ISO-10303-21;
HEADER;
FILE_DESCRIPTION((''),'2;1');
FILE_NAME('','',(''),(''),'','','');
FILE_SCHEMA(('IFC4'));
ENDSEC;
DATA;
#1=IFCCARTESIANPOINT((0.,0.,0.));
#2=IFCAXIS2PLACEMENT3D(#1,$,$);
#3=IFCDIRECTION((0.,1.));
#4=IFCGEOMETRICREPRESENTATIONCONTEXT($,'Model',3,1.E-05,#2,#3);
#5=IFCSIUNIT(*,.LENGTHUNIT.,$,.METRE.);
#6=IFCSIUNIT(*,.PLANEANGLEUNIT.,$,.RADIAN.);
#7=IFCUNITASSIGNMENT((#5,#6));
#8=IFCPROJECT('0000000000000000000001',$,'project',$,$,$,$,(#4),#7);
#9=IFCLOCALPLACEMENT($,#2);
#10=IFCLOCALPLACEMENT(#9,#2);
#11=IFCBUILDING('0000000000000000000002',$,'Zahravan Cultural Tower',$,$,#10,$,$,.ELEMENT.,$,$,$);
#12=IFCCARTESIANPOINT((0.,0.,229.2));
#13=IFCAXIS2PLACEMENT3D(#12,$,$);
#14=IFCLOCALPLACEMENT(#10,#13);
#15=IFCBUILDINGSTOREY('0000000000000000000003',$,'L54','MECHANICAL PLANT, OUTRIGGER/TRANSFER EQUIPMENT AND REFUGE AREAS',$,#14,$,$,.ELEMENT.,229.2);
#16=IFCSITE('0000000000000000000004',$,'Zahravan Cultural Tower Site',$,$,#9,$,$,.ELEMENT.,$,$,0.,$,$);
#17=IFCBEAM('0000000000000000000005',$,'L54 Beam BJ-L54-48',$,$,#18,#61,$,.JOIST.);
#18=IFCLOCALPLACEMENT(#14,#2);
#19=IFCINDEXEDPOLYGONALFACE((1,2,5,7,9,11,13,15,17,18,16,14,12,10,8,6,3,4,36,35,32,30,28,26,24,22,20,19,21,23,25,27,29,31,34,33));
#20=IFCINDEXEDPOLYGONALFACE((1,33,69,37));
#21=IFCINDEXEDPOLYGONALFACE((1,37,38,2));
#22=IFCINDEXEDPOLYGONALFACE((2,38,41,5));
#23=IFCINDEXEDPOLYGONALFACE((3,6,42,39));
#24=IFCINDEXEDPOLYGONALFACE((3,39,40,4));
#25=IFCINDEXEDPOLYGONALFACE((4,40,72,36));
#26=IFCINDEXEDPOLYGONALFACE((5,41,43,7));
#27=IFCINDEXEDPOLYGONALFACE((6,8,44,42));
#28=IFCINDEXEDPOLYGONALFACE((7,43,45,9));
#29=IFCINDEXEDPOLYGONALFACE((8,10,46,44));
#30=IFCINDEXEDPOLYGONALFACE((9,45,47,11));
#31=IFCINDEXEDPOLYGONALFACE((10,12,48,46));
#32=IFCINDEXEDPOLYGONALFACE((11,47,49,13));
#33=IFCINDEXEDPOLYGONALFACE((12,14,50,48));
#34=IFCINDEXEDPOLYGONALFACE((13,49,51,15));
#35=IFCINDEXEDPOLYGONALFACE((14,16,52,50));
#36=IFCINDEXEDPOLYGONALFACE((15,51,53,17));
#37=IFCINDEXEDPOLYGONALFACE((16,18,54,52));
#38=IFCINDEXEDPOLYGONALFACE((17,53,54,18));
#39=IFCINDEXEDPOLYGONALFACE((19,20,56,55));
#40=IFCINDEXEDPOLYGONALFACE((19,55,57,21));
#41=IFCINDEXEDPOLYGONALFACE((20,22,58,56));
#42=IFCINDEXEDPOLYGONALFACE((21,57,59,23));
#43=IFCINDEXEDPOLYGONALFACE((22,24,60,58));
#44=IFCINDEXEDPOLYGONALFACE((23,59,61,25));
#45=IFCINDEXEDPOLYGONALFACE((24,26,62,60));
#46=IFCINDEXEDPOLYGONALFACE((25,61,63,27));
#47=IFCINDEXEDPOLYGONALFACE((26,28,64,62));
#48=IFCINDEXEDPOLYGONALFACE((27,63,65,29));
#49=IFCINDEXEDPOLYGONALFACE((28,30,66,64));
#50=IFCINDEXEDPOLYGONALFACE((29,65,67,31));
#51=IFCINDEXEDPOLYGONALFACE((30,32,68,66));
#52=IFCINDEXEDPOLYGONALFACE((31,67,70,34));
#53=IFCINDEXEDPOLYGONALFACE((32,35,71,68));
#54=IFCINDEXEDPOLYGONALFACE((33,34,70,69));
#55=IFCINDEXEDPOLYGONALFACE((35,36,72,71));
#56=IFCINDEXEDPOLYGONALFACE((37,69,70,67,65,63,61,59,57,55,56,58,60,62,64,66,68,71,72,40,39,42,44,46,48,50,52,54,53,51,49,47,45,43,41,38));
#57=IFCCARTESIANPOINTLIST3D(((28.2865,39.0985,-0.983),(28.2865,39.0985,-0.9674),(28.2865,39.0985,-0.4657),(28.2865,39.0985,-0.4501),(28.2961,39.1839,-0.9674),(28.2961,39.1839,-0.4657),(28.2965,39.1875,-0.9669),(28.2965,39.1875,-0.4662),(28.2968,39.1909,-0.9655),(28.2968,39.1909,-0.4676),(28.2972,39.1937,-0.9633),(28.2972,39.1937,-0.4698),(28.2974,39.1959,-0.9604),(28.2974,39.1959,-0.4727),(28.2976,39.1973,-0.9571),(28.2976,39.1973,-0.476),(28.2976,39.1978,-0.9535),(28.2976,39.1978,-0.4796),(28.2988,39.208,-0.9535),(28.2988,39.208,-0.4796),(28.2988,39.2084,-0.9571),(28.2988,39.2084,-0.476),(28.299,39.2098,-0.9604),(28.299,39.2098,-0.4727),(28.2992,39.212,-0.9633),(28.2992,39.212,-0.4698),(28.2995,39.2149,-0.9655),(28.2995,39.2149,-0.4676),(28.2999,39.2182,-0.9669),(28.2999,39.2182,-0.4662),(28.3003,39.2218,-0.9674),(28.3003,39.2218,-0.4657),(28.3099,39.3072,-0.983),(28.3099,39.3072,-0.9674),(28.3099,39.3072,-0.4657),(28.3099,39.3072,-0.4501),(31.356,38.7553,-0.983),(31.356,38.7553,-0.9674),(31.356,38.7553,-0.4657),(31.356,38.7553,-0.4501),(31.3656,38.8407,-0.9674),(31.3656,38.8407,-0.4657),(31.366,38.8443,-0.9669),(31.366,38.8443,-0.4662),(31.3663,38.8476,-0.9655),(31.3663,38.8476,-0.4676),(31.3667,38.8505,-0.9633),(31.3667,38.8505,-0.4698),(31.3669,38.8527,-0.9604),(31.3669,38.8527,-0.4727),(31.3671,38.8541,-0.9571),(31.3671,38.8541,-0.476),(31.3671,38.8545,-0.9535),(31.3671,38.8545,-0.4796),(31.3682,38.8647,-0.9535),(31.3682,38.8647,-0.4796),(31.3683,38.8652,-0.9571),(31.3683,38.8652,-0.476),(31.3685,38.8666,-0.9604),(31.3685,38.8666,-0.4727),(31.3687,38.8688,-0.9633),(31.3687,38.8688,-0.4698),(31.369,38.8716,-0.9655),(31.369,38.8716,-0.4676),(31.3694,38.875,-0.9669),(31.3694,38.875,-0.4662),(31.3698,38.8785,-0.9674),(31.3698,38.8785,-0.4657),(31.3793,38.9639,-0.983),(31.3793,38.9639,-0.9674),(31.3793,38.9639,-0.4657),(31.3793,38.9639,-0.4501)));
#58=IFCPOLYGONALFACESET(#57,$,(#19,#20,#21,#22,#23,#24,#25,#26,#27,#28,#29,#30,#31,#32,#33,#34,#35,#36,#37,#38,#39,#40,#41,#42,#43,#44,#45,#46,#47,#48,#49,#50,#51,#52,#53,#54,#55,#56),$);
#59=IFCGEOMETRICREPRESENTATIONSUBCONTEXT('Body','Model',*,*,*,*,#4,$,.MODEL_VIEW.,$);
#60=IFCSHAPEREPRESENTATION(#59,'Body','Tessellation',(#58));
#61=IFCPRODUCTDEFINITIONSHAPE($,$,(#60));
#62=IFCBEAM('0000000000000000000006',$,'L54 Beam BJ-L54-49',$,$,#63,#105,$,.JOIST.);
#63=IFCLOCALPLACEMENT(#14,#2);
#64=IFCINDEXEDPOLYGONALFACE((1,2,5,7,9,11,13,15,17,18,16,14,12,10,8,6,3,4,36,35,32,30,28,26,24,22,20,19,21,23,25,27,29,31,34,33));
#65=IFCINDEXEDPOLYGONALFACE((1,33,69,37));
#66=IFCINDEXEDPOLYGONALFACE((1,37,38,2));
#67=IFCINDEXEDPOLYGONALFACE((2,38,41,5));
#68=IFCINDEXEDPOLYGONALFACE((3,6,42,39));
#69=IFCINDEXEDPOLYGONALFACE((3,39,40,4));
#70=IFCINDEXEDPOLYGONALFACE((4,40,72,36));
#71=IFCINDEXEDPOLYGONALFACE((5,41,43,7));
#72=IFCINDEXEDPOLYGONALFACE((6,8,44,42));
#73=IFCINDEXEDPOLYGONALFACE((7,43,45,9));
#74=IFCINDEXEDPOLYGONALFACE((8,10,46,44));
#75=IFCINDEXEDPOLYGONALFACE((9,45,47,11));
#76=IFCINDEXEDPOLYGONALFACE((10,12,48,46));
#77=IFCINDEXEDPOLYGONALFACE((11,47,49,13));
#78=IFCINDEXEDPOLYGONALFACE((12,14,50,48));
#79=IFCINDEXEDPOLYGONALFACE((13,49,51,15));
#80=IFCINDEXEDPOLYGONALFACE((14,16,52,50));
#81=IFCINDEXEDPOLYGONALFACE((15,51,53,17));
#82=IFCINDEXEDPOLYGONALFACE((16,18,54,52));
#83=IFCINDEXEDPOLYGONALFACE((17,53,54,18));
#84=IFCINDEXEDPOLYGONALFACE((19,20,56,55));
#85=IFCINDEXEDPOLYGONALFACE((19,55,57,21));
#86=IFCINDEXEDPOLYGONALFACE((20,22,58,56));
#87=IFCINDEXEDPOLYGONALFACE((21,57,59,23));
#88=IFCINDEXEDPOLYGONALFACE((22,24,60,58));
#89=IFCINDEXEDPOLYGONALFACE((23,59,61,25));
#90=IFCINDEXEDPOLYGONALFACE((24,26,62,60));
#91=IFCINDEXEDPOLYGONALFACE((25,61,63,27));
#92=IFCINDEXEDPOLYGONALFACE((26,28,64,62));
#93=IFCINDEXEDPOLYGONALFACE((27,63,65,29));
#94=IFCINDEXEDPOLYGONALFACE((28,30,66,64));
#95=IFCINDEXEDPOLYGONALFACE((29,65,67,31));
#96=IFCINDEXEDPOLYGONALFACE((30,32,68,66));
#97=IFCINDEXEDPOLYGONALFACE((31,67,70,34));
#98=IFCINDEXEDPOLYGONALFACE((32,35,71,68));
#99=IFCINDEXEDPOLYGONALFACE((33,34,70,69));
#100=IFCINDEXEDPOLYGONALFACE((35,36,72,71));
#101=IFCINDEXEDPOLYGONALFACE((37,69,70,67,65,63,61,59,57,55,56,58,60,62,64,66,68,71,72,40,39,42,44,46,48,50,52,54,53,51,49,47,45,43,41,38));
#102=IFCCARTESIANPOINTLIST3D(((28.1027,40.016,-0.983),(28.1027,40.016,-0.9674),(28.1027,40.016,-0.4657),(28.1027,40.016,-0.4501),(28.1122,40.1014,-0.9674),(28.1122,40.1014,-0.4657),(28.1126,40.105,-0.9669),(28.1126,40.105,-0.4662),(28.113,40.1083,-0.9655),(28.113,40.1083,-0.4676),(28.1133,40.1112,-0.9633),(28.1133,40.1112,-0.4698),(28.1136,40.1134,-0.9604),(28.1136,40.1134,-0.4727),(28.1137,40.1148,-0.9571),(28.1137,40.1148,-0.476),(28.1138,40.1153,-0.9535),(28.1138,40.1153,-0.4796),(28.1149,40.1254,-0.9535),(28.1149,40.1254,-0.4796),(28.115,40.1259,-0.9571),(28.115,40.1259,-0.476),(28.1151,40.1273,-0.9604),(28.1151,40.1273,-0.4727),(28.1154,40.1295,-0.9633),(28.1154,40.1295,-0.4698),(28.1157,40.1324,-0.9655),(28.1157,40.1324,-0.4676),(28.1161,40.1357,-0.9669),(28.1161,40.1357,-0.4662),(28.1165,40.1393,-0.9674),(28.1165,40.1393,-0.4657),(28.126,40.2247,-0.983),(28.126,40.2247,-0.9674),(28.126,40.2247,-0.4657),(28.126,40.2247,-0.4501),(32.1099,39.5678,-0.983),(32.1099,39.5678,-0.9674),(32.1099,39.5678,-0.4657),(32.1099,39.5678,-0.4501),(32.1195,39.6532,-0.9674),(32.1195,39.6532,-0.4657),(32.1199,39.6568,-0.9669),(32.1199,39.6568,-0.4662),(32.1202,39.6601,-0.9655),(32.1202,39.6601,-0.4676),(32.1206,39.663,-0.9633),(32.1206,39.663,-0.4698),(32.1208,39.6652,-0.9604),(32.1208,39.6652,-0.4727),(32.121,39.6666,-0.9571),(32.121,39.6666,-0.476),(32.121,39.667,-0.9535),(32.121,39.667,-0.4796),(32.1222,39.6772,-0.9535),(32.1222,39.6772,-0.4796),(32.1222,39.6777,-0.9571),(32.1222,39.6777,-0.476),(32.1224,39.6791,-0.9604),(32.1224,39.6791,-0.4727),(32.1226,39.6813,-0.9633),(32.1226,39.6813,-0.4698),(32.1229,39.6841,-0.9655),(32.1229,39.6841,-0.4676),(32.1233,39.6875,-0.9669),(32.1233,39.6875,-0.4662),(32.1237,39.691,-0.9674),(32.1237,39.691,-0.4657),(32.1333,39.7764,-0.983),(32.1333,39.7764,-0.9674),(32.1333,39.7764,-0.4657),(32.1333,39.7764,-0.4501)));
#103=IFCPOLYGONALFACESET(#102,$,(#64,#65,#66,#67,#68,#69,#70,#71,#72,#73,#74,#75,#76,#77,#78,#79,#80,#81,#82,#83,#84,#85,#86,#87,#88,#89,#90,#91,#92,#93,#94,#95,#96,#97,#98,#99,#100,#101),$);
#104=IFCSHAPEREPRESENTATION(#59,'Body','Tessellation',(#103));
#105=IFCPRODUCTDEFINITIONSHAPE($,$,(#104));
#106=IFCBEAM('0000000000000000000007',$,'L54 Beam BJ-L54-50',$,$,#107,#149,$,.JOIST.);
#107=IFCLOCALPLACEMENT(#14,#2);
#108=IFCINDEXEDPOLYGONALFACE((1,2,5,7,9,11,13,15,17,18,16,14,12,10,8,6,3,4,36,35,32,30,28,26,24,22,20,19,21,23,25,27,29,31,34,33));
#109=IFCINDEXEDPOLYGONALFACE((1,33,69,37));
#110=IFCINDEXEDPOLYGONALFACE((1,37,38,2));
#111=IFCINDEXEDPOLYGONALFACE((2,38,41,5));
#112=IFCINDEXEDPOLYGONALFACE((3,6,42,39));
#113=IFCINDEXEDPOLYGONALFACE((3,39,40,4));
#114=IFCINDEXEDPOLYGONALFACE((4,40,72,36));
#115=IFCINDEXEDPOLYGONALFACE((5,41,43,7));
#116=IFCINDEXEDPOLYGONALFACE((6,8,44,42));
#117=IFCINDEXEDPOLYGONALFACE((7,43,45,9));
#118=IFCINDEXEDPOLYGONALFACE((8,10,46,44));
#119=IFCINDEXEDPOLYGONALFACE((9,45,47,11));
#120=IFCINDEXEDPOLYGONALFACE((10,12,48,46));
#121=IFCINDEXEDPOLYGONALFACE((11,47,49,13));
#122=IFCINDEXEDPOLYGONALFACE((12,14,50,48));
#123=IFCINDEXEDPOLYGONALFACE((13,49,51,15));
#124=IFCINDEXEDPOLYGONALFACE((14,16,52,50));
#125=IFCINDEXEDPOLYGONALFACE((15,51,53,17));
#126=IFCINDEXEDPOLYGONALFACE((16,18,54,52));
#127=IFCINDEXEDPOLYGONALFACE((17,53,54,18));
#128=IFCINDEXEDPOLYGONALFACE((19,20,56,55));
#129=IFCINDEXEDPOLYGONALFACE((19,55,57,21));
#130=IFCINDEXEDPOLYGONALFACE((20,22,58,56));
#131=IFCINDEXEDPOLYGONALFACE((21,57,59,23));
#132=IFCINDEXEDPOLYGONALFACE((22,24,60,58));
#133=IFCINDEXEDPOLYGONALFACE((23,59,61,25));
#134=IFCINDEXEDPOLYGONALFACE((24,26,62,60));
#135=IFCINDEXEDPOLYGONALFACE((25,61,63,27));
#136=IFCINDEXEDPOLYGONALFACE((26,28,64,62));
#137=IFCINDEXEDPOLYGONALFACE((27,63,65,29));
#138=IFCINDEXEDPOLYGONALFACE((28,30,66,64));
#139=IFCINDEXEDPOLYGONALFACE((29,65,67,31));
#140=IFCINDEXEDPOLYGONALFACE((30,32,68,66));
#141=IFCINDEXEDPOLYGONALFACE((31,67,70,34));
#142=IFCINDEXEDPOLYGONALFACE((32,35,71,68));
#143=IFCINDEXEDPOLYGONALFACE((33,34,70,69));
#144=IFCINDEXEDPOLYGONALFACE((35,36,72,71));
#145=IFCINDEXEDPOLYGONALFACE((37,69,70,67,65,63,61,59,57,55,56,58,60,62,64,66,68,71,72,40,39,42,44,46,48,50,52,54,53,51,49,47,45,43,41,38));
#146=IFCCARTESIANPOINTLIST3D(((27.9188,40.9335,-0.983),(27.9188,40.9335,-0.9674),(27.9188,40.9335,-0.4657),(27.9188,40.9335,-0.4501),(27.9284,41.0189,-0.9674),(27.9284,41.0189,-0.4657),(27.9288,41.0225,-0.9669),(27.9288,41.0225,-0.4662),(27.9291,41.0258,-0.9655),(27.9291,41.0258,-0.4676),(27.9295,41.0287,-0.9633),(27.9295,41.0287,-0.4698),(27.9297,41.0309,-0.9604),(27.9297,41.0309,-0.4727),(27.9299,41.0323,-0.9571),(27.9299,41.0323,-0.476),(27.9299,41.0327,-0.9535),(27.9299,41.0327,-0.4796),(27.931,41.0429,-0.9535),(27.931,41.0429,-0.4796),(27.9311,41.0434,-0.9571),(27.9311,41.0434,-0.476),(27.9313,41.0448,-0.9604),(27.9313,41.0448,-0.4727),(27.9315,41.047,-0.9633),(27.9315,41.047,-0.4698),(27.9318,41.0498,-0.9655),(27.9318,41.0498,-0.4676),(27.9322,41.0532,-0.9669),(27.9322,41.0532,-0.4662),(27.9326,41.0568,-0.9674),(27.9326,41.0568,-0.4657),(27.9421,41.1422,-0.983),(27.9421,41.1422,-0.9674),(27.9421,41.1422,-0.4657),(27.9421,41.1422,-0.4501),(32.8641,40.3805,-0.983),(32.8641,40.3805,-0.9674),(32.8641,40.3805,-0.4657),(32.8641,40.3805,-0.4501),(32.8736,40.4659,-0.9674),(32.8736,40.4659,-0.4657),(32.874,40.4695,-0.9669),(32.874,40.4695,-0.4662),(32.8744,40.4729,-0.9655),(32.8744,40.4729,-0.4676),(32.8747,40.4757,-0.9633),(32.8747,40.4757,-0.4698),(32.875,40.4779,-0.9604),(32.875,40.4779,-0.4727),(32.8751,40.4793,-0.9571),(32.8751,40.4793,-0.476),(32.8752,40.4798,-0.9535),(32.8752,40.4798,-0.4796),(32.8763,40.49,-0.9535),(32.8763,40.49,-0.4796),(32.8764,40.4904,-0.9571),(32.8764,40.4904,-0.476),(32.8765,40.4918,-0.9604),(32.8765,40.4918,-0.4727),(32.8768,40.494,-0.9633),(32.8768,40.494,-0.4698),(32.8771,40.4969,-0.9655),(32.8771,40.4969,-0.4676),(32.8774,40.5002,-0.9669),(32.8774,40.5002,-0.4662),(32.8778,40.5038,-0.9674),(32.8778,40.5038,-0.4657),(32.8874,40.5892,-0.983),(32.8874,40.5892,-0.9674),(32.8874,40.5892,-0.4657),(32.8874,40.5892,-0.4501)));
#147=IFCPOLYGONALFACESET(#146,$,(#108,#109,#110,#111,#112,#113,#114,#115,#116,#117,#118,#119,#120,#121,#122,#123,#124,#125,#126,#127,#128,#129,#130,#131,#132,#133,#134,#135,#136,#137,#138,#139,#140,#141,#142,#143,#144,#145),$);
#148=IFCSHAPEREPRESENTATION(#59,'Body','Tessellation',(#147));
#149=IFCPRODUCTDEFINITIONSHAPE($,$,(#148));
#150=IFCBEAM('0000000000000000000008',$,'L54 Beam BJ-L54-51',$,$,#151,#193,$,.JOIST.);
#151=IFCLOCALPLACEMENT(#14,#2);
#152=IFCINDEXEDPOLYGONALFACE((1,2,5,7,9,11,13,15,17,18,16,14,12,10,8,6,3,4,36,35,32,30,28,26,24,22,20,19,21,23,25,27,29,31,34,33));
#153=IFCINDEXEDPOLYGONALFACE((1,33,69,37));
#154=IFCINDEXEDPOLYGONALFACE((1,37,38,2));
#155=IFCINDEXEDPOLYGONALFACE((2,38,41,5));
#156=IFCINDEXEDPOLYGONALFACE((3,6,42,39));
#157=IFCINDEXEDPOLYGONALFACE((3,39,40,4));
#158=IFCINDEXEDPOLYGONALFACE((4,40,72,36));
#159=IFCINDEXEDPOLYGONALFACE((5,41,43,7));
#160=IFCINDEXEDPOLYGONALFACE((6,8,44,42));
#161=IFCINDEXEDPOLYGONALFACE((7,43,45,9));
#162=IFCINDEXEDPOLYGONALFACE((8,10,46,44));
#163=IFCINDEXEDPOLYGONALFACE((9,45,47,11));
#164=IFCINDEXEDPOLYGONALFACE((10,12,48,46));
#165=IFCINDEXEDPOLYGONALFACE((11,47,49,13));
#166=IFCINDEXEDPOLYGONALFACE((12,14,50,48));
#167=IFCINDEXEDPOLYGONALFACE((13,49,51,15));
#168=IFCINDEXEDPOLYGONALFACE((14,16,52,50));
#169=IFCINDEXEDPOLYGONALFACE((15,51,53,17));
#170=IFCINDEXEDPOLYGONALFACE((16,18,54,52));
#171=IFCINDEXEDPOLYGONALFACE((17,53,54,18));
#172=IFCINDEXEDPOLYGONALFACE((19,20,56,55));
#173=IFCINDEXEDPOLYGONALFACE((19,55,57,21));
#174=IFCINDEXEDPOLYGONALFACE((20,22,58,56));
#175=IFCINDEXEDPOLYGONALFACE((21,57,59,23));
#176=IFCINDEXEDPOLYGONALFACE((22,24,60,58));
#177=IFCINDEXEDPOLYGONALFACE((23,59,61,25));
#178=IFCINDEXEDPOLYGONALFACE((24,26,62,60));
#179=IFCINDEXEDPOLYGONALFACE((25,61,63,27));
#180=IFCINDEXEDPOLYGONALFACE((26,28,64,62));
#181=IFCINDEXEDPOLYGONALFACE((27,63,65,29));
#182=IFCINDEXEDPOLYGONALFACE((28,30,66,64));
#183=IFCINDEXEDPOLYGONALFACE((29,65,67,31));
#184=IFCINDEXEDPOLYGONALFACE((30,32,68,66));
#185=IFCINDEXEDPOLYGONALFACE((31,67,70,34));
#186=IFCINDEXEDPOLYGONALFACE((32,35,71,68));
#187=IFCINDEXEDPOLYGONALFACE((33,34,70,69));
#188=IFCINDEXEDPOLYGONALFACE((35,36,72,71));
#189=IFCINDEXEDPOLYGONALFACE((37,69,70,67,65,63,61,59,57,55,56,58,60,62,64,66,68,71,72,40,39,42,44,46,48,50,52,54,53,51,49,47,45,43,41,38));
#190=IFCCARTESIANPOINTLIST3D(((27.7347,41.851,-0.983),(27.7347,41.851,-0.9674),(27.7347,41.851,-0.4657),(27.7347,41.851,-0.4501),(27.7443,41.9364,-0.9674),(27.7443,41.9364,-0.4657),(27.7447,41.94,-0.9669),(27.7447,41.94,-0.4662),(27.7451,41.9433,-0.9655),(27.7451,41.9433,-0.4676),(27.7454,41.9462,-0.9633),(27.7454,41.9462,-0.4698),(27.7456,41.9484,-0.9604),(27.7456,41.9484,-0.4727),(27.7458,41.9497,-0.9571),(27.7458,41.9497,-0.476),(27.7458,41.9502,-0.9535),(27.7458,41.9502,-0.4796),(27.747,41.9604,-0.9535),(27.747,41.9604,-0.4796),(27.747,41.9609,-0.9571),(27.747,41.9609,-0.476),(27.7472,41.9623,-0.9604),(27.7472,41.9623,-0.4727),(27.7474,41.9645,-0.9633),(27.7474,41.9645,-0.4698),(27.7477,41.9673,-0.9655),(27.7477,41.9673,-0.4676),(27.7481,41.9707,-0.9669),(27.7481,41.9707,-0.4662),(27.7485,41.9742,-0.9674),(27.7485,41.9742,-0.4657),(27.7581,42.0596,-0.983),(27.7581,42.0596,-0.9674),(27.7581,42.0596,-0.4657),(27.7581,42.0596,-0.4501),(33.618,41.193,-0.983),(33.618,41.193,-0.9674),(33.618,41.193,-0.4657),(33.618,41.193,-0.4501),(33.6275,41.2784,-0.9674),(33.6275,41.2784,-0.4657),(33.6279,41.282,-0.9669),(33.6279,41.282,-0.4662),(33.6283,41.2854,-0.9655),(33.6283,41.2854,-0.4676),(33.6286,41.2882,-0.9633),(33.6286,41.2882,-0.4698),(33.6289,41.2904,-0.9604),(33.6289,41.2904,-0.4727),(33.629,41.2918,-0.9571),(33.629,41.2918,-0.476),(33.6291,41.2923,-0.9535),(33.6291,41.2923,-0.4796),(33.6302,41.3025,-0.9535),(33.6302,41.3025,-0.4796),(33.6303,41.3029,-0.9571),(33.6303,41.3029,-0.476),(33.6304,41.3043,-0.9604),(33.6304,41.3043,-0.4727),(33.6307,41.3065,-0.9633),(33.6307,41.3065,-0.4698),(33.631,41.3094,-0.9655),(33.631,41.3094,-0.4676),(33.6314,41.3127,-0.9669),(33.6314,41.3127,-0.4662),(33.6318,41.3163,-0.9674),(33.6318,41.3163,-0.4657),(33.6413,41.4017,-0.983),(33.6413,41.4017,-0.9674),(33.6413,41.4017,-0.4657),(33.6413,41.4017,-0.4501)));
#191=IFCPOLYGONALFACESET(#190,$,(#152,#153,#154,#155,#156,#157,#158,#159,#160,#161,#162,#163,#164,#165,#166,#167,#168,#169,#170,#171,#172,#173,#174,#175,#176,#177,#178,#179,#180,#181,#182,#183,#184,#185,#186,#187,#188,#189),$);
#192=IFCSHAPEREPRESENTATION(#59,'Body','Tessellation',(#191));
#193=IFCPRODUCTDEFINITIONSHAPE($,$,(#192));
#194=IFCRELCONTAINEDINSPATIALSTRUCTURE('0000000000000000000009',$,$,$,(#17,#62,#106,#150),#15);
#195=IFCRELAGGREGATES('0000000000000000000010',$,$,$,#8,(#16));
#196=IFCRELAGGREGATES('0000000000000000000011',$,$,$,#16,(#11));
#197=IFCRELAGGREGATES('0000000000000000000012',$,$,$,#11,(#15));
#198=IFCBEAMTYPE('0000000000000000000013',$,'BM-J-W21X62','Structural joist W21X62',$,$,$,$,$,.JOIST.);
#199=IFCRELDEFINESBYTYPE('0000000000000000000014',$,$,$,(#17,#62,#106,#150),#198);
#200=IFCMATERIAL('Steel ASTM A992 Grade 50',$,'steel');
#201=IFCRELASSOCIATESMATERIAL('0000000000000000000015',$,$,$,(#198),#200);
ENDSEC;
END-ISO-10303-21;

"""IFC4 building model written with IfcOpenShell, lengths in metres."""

from ifc_helpers import new_model, si_unit, direction, frame, origin, origin_2d, place, context, subcontext, project, spatial, i_section, extrude, source, transform, mapped, material, material_profile, profile_set, type_object, element, save


model = new_model("IFC4")

# Units and contexts
model_context = context("Model", 3, precision=1e-05, world=origin(), true_north=direction((0.0, 1.0)))
body_context = subcontext(model_context, "Body", "Model", "MODEL_VIEW")
ifc_project = project(units=[si_unit("LENGTHUNIT", "METRE"), si_unit("PLANEANGLEUNIT", "RADIAN")], contexts=[model_context])

# Site, building, storey
site_placement = place(None, origin())
site = spatial("IfcSite", under=ifc_project, at=site_placement, Name="Zahravan Cultural Tower Site", CompositionType="ELEMENT", RefElevation=0.0)
building_placement = place(site_placement, origin())
building = spatial("IfcBuilding", under=site, at=building_placement, Name="Zahravan Cultural Tower", CompositionType="ELEMENT")
storey_placement = place(building_placement, frame((0.0, 0.0, 229.2)))
storey = spatial("IfcBuildingStorey", under=building, at=storey_placement, Name="L54", Description="MECHANICAL PLANT, OUTRIGGER/TRANSFER EQUIPMENT AND REFUGE AREAS", CompositionType="ELEMENT", Elevation=229.2)

# Shared definitions
ifc_material_1 = material(Name="Steel ASTM A992 Grade 50", Category="steel")

# Beams
ifc_material_profile_1 = material_profile(ifc_material_1, i_section(OverallWidth=0.21, OverallDepth=0.533, WebThickness=0.0103, FlangeThickness=0.0156, FilletRadius=0.0139, at=origin_2d()), Name="W21X62")
ifc_profile_set_1 = profile_set([ifc_material_profile_1], Name="Steel ASTM A992 Grade 50")
beam_type_1 = type_object("IfcBeamType", Name="BM-J-W21X62", Description="Structural joist W21X62", PredefinedType="JOIST", material=ifc_profile_set_1)
shared_shape_1 = source(origin(), body_context, "Body", "SweptSolid", [
    extrude(i_section(OverallWidth=0.21, OverallDepth=0.533, WebThickness=0.0103, FlangeThickness=0.0156, FilletRadius=0.0139, at=origin_2d()), origin(), (0.0, 0.0, 1.0), 3.0886),
])
beam_1_placement = place(storey_placement, frame((31.3677, 38.8596, -0.7166), z_axis=(-0.993805, 0.111134, 0.0), x_axis=(-0.111134, -0.993805, 0.0)))
element("IfcBeam", 1, at=beam_1_placement, inside=storey, type_object=beam_type_1, Name="L54 Beam BJ-L54-48", PredefinedType="JOIST", context=body_context, shape_type="MappedRepresentation", body=[
    mapped(shared_shape_1, transform((0.0, 0.0, 0.0), x_axis=(1.0, 0.0, 0.0), y_axis=(0.0, 1.0, 0.0), z_axis=(0.0, 0.0, 1.0), scale=1.0)),
])
shared_shape_2 = source(origin(), body_context, "Body", "SweptSolid", [
    extrude(i_section(OverallWidth=0.21, OverallDepth=0.533, WebThickness=0.0103, FlangeThickness=0.0156, FilletRadius=0.0139, at=origin_2d()), origin(), (0.0, 0.0, 1.0), 4.0322),
])
beam_2_placement = place(storey_placement, frame((32.1216, 39.6721, -0.7166), z_axis=(-0.993802, 0.111162, 0.0), x_axis=(-0.111162, -0.993802, 0.0)))
element("IfcBeam", 2, at=beam_2_placement, inside=storey, type_object=beam_type_1, Name="L54 Beam BJ-L54-49", PredefinedType="JOIST", context=body_context, shape_type="MappedRepresentation", body=[
    mapped(shared_shape_2, transform((0.0, 0.0, 0.0), x_axis=(1.0, 0.0, 0.0), y_axis=(0.0, 1.0, 0.0), z_axis=(0.0, 0.0, 1.0), scale=1.0)),
])
shared_shape_3 = source(origin(), body_context, "Body", "SweptSolid", [
    extrude(i_section(OverallWidth=0.21, OverallDepth=0.533, WebThickness=0.0103, FlangeThickness=0.0156, FilletRadius=0.0139, at=origin_2d()), origin(), (0.0, 0.0, 1.0), 4.9761),
])
beam_3_placement = place(storey_placement, frame((32.8757, 40.4849, -0.7166), z_axis=(-0.993806, 0.111126, 0.0), x_axis=(-0.111126, -0.993806, 0.0)))
element("IfcBeam", 3, at=beam_3_placement, inside=storey, type_object=beam_type_1, Name="L54 Beam BJ-L54-50", PredefinedType="JOIST", context=body_context, shape_type="MappedRepresentation", body=[
    mapped(shared_shape_3, transform((0.0, 0.0, 0.0), x_axis=(1.0, 0.0, 0.0), y_axis=(0.0, 1.0, 0.0), z_axis=(0.0, 0.0, 1.0), scale=1.0)),
])
shared_shape_4 = source(origin(), body_context, "Body", "SweptSolid", [
    extrude(i_section(OverallWidth=0.21, OverallDepth=0.533, WebThickness=0.0103, FlangeThickness=0.0156, FilletRadius=0.0139, at=origin_2d()), origin(), (0.0, 0.0, 1.0), 5.9199),
])
beam_4_placement = place(storey_placement, frame((33.6296, 41.2974, -0.7166), z_axis=(-0.993805, 0.111142, 0.0), x_axis=(-0.111142, -0.993805, 0.0)))
element("IfcBeam", 4, at=beam_4_placement, inside=storey, type_object=beam_type_1, Name="L54 Beam BJ-L54-51", PredefinedType="JOIST", context=body_context, shape_type="MappedRepresentation", body=[
    mapped(shared_shape_4, transform((0.0, 0.0, 0.0), x_axis=(1.0, 0.0, 0.0), y_axis=(0.0, 1.0, 0.0), z_axis=(0.0, 0.0, 1.0), scale=1.0)),
])

save(model, "model.ifc")
